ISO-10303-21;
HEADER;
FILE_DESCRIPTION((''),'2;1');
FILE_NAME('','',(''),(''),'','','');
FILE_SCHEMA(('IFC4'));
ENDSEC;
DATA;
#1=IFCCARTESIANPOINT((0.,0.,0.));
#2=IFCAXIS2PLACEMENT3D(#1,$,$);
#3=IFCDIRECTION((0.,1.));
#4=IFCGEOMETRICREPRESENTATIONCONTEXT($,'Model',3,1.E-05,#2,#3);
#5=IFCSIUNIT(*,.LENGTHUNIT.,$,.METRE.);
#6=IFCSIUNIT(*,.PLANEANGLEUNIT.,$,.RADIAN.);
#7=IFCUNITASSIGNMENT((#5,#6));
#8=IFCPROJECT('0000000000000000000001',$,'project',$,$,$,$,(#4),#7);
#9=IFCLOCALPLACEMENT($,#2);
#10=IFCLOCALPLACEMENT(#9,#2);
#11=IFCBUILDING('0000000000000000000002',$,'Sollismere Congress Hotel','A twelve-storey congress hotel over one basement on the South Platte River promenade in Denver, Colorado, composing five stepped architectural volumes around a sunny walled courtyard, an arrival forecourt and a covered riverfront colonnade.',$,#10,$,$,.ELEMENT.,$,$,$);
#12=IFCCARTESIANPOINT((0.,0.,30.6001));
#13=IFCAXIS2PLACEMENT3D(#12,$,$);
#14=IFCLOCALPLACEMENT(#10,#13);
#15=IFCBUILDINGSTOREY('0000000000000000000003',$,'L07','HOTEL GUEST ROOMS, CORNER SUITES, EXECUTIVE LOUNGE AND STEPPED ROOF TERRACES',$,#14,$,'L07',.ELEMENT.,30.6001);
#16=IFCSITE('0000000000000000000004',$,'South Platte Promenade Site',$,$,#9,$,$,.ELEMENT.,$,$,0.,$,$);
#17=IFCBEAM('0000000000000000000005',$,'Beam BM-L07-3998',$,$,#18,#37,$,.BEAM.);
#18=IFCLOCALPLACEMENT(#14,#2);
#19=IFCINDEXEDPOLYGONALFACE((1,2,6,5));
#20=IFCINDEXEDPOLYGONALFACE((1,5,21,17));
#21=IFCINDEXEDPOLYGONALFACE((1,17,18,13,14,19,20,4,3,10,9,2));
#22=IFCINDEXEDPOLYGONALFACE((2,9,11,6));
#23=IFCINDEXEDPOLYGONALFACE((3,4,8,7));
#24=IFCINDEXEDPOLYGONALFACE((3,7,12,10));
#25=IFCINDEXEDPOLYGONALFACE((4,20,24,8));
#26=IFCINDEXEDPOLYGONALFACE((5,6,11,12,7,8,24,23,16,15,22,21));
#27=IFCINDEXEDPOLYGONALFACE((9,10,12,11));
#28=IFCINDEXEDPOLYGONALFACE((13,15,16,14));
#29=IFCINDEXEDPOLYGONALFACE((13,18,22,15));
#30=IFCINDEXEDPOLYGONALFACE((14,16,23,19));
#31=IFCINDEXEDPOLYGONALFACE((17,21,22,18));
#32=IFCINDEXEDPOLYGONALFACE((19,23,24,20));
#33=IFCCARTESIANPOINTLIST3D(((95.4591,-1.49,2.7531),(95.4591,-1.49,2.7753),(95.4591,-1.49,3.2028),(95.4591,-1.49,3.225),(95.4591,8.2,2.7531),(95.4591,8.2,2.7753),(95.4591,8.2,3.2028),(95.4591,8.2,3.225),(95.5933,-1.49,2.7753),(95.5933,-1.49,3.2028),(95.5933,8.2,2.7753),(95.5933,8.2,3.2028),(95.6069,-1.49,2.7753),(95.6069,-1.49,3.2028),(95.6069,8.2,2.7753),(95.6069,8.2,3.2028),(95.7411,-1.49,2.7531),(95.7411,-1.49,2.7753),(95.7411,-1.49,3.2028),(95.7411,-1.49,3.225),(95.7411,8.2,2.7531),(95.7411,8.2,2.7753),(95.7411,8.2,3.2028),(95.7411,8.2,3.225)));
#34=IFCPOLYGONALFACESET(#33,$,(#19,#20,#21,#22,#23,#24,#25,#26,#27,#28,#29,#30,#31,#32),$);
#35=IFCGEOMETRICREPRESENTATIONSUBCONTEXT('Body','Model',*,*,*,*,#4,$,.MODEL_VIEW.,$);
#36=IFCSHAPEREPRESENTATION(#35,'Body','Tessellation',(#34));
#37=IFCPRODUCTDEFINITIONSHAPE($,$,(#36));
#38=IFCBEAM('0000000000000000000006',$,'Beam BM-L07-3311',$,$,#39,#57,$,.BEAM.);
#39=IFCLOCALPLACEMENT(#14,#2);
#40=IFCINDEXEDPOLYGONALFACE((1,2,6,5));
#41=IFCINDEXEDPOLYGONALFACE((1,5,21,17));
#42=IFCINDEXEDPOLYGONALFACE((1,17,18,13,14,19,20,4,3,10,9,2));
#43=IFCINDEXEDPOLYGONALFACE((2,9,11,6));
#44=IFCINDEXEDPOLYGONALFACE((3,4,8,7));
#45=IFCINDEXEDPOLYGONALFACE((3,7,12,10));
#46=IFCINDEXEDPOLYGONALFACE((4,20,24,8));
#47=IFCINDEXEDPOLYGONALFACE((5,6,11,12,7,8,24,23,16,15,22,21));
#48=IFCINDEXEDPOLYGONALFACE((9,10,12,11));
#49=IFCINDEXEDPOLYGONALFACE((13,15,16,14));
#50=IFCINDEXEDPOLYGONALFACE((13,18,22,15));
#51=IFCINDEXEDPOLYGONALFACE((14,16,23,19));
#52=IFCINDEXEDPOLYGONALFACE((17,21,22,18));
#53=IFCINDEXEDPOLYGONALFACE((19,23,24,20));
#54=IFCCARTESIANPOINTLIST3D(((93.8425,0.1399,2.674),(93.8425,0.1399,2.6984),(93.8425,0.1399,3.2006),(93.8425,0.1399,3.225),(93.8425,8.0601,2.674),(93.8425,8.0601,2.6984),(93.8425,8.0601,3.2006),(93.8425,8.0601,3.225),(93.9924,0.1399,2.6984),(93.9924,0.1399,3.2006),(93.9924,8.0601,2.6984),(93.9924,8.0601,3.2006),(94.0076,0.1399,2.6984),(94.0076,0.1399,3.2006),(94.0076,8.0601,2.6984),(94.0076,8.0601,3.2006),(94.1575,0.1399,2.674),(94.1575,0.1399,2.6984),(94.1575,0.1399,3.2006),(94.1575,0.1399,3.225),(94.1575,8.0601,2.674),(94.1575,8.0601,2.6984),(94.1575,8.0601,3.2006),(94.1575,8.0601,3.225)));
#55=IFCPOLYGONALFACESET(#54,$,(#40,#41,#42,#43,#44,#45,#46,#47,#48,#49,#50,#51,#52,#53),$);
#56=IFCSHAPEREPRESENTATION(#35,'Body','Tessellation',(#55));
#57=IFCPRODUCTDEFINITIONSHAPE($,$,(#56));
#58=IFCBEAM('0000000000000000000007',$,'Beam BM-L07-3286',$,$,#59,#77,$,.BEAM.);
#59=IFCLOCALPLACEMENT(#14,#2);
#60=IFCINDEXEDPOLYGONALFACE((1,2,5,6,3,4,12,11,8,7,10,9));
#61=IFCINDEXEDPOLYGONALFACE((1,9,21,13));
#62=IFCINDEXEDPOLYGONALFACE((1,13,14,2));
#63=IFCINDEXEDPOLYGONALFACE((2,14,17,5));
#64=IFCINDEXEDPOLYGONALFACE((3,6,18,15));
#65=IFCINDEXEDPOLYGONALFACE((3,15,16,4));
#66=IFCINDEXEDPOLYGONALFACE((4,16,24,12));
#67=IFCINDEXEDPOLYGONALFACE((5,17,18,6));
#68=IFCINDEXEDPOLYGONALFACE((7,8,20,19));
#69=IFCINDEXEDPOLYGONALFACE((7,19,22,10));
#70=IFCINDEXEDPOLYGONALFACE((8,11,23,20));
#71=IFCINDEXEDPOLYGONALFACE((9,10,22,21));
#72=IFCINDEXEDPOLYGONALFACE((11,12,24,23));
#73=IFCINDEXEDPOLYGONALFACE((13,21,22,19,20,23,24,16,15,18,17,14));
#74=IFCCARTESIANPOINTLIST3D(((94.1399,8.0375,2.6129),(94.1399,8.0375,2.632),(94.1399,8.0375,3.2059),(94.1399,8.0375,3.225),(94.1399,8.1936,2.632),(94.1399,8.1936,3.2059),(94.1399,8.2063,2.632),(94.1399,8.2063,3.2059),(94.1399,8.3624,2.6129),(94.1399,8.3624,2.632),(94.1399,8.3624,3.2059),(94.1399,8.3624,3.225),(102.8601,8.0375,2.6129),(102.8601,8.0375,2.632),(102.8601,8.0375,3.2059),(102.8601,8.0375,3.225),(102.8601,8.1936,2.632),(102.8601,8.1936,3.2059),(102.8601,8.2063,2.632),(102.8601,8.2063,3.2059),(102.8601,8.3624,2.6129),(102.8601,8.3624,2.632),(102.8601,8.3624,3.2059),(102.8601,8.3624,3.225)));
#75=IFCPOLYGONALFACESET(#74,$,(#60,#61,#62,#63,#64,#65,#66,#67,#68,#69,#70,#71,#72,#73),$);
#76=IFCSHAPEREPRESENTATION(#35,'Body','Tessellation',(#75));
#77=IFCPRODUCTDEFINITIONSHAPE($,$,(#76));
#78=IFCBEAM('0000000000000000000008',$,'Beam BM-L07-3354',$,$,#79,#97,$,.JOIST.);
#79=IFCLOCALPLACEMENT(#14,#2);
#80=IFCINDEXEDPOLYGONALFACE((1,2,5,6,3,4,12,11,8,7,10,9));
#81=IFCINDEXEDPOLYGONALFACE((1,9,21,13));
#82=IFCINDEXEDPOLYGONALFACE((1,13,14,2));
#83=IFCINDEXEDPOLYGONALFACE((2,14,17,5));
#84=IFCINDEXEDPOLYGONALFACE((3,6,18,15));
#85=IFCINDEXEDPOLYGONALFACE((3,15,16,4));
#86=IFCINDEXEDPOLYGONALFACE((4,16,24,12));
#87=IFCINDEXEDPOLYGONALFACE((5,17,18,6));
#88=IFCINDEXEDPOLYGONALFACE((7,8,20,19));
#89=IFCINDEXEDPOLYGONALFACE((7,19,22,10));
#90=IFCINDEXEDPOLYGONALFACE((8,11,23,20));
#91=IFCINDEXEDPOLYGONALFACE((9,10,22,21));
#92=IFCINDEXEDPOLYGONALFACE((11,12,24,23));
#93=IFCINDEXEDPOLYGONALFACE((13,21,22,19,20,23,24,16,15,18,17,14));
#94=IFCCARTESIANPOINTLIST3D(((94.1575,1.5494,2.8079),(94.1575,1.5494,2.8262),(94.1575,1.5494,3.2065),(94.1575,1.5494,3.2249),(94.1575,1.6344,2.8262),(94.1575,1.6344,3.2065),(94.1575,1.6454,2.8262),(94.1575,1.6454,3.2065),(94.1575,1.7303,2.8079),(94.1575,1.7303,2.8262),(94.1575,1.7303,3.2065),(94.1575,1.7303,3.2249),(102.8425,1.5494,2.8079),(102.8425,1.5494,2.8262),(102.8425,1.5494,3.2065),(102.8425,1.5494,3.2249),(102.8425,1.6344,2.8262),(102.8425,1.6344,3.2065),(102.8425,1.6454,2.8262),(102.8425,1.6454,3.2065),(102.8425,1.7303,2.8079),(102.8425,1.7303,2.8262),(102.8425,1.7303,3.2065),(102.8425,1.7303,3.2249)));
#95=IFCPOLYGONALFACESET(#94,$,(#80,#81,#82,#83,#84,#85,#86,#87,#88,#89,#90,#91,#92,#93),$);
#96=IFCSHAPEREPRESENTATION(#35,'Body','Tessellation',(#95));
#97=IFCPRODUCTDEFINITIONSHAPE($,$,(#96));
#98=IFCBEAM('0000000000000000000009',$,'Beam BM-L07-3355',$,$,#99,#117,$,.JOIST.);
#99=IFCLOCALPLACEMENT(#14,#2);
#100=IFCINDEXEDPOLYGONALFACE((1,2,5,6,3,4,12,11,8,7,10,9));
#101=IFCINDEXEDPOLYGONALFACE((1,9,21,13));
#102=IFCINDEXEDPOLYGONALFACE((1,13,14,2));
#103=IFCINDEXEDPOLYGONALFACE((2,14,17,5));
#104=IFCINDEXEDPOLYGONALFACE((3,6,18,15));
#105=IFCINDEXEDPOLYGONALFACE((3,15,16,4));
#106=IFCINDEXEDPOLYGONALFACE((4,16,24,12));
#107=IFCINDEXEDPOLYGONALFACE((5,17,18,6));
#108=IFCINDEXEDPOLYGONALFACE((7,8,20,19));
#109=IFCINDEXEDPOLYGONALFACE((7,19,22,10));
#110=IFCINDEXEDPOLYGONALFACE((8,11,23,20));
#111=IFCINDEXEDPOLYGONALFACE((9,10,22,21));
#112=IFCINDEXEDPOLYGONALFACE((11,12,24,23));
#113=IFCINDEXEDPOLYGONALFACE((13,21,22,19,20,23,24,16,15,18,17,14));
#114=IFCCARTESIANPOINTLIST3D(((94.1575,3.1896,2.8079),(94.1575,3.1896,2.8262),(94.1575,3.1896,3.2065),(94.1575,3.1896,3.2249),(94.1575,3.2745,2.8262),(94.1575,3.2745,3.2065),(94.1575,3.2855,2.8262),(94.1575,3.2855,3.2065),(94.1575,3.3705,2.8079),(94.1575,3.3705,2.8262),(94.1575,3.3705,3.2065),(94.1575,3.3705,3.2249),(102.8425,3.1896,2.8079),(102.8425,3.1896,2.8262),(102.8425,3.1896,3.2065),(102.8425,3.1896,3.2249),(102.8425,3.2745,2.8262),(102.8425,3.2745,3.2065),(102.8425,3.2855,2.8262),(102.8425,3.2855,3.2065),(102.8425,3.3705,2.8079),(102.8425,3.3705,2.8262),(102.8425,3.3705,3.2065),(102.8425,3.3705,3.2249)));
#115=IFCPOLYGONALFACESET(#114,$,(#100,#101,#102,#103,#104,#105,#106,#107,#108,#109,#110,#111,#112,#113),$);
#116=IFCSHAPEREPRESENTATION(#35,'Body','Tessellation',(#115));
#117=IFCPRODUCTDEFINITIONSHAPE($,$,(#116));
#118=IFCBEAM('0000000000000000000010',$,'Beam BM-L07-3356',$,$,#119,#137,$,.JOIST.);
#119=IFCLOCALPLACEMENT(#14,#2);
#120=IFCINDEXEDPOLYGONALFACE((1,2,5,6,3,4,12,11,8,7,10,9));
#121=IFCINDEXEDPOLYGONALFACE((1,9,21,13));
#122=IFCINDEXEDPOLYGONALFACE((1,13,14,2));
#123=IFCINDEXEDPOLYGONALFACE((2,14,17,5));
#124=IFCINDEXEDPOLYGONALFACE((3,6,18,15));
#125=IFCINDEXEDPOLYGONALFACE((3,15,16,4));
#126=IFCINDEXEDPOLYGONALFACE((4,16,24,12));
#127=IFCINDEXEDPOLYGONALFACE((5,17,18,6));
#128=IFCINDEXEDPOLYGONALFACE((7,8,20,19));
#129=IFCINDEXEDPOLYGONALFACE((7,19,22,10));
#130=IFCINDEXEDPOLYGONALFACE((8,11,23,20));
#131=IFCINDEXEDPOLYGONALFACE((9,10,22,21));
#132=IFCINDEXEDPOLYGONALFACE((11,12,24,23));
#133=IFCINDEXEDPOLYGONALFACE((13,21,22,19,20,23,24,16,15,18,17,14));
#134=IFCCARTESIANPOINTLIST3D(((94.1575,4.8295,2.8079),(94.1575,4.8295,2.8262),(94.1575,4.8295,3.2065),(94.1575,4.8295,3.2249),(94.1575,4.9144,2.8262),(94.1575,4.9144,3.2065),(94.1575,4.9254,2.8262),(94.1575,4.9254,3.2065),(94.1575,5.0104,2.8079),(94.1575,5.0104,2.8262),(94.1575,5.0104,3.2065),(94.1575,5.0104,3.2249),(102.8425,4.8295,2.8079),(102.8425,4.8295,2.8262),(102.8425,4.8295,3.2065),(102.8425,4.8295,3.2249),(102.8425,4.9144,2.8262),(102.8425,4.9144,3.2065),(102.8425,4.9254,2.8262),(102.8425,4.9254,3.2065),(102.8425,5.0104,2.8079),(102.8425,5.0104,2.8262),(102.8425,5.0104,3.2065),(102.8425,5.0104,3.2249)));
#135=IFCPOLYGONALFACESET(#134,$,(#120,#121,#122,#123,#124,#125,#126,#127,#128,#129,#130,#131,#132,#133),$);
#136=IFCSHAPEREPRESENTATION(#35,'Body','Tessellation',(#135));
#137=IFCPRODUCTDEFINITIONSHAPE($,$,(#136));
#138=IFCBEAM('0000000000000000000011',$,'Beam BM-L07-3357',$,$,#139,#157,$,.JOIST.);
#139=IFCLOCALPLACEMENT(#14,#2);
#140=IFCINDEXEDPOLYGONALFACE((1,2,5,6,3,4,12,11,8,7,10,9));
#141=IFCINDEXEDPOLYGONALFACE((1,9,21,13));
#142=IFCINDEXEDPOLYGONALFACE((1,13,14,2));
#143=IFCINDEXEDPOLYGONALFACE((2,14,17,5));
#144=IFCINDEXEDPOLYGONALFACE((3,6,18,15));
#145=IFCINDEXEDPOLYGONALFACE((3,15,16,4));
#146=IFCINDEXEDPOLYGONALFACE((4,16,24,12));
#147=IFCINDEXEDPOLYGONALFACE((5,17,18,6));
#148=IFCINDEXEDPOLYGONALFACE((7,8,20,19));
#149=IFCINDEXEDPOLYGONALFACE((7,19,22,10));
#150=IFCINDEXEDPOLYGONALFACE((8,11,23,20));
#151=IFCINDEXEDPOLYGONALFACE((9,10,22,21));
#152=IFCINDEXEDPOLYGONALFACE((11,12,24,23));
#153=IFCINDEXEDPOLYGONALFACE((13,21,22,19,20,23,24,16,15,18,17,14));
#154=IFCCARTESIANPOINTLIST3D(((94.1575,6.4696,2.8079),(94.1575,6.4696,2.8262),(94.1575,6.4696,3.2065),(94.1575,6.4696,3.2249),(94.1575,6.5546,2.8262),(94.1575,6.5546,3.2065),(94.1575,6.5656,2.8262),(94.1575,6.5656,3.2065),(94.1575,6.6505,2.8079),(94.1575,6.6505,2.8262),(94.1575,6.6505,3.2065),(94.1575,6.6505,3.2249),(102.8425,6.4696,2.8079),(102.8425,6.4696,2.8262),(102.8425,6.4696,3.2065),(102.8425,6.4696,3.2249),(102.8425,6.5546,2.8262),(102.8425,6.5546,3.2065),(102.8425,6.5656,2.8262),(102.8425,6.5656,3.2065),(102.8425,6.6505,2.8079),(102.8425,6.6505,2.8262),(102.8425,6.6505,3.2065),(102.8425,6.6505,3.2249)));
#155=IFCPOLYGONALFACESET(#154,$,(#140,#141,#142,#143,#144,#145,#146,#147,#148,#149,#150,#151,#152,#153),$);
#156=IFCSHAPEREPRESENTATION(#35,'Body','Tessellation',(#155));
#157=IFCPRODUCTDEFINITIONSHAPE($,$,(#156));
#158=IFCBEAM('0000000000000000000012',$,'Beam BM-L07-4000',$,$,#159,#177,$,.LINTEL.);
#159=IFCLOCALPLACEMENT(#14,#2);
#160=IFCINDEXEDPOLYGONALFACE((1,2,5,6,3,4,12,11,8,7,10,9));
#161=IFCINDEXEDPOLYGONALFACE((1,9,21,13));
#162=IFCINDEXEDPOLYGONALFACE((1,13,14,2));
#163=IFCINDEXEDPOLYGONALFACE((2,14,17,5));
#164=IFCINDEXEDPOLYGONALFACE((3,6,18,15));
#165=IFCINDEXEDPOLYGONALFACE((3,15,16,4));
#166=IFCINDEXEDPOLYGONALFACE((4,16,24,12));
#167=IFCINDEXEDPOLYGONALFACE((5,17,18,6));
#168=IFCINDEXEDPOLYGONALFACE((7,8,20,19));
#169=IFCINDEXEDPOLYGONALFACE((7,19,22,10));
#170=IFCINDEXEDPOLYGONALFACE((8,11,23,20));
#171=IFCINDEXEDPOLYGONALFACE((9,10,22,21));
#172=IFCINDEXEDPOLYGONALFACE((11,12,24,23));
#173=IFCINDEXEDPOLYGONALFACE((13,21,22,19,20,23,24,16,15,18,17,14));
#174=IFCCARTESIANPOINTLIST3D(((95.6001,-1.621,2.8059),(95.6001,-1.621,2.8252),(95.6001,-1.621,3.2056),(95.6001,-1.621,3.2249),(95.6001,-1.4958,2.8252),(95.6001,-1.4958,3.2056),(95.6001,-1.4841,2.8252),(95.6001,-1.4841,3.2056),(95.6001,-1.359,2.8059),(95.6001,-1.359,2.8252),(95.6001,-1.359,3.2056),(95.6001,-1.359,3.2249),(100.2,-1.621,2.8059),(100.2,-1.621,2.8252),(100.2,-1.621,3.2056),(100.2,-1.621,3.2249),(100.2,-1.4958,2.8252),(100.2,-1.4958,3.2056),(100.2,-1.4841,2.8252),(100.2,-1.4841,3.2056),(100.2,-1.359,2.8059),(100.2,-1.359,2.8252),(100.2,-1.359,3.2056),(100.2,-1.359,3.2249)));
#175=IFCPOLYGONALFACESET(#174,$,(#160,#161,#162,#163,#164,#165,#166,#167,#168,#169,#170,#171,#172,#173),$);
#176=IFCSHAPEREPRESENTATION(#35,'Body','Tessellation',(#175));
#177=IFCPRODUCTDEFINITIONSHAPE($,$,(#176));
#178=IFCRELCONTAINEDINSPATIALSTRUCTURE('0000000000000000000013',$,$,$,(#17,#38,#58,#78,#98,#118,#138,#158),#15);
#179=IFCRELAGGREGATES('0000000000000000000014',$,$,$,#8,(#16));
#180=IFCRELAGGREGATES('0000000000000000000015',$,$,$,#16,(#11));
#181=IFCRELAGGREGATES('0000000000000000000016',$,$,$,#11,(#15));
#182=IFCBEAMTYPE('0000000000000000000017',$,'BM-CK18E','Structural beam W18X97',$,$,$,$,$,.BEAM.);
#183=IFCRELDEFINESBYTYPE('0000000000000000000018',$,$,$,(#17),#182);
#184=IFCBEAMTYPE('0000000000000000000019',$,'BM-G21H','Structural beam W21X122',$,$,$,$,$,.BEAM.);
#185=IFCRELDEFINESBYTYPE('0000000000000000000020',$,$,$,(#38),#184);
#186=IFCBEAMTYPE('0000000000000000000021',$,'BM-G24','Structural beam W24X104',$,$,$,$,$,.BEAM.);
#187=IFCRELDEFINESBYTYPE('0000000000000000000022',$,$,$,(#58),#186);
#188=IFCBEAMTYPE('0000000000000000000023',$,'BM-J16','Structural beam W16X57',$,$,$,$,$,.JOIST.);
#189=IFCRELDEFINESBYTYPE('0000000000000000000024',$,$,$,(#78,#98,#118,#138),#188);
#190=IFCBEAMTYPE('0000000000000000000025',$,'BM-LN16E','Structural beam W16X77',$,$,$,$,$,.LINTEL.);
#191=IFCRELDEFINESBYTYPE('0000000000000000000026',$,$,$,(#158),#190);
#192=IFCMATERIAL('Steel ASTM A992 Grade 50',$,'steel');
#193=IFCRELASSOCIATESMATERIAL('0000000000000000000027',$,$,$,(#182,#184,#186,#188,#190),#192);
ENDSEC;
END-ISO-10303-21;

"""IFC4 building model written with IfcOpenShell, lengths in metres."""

from ifc_helpers import new_model, si_unit, direction, frame, origin, origin_2d, place, context, subcontext, project, spatial, i_section, extrude, material, material_profile, profile_set, type_object, element, save


model = new_model("IFC4")

# Units and contexts
model_context = context("Model", 3, precision=1e-05, world=origin(), true_north=direction((0.0, 1.0)))
body_context = subcontext(model_context, "Body", "Model", "MODEL_VIEW")
ifc_project = project(units=[si_unit("LENGTHUNIT", "METRE"), si_unit("PLANEANGLEUNIT", "RADIAN")], contexts=[model_context])

# Site, building, storey
site_placement = place(None, origin())
site = spatial("IfcSite", under=ifc_project, at=site_placement, Name="South Platte Promenade Site", CompositionType="ELEMENT", RefElevation=0.0)
building_placement = place(site_placement, origin())
building = spatial("IfcBuilding", under=site, at=building_placement, Name="Sollismere Congress Hotel", Description="A twelve-storey congress hotel over one basement on the South Platte River promenade in Denver, Colorado, composing five stepped architectural volumes around a sunny walled courtyard, an arrival forecourt and a covered riverfront colonnade.", CompositionType="ELEMENT")
storey_placement = place(building_placement, frame((0.0, 0.0, 30.6001)))
storey = spatial("IfcBuildingStorey", under=building, at=storey_placement, Name="L07", Description="HOTEL GUEST ROOMS, CORNER SUITES, EXECUTIVE LOUNGE AND STEPPED ROOF TERRACES", LongName="L07", CompositionType="ELEMENT", Elevation=30.6001)

# Beams
ifc_material_1 = material(Name="Steel ASTM A992 Grade 50", Category="steel")
ifc_material_profile_1 = material_profile(ifc_material_1, i_section(OverallWidth=0.282, OverallDepth=0.4719, WebThickness=0.0137, FlangeThickness=0.0222, at=origin_2d()), Name="W18X97")
ifc_profile_set_1 = profile_set([ifc_material_profile_1], Name="Steel ASTM A992 Grade 50")
beam_type_1 = type_object("IfcBeamType", Name="BM-CK18E", Description="Structural beam W18X97", PredefinedType="BEAM", material=ifc_profile_set_1)
beam_1_placement = place(storey_placement, frame((95.6001, 8.2, 2.989), z_axis=(0.0, -1.0, 0.0), x_axis=(1.0, 0.0, 0.0)))
element("IfcBeam", 1, at=beam_1_placement, inside=storey, type_object=beam_type_1, Name="Beam BM-L07-3998", PredefinedType="BEAM", context=body_context, shape_type="SweptSolid", body=[
    extrude(i_section(OverallWidth=0.282, OverallDepth=0.4719, WebThickness=0.0137, FlangeThickness=0.0222, at=origin_2d()), origin(), (0.0, 0.0, 1.0), 9.6899),
])
ifc_material_profile_2 = material_profile(ifc_material_1, i_section(OverallWidth=0.3149, OverallDepth=0.551, WebThickness=0.0151, FlangeThickness=0.0244, at=origin_2d()), Name="W21X122")
ifc_profile_set_2 = profile_set([ifc_material_profile_2], Name="Steel ASTM A992 Grade 50")
beam_type_2 = type_object("IfcBeamType", Name="BM-G21H", Description="Structural beam W21X122", PredefinedType="BEAM", material=ifc_profile_set_2)
beam_2_placement = place(storey_placement, frame((94.0, 0.1399, 2.9495), z_axis=(0.0, 1.0, 0.0), x_axis=(-1.0, 0.0, 0.0)))
element("IfcBeam", 2, at=beam_2_placement, inside=storey, type_object=beam_type_2, Name="Beam BM-L07-3311", PredefinedType="BEAM", context=body_context, shape_type="SweptSolid", body=[
    extrude(i_section(OverallWidth=0.3149, OverallDepth=0.551, WebThickness=0.0151, FlangeThickness=0.0244, at=origin_2d()), origin(), (0.0, 0.0, 1.0), 7.9202),
])
ifc_material_profile_3 = material_profile(ifc_material_1, i_section(OverallWidth=0.325, OverallDepth=0.6121, WebThickness=0.0127, FlangeThickness=0.019, at=origin_2d()), Name="W24X104")
ifc_profile_set_3 = profile_set([ifc_material_profile_3], Name="Steel ASTM A992 Grade 50")
beam_type_3 = type_object("IfcBeamType", Name="BM-G24", Description="Structural beam W24X104", PredefinedType="BEAM", material=ifc_profile_set_3)
beam_3_placement = place(storey_placement, frame((94.1399, 8.2, 2.9189), z_axis=(1.0, 0.0, 0.0), x_axis=(0.0, 1.0, 0.0)))
element("IfcBeam", 3, at=beam_3_placement, inside=storey, type_object=beam_type_3, Name="Beam BM-L07-3286", PredefinedType="BEAM", context=body_context, shape_type="SweptSolid", body=[
    extrude(i_section(OverallWidth=0.325, OverallDepth=0.6121, WebThickness=0.0127, FlangeThickness=0.019, at=origin_2d()), origin(), (0.0, 0.0, 1.0), 8.7202),
])
ifc_material_profile_4 = material_profile(ifc_material_1, i_section(OverallWidth=0.1809, OverallDepth=0.417, WebThickness=0.011, FlangeThickness=0.0183, at=origin_2d()), Name="W16X57")
ifc_profile_set_4 = profile_set([ifc_material_profile_4], Name="Steel ASTM A992 Grade 50")
beam_type_4 = type_object("IfcBeamType", Name="BM-J16", Description="Structural beam W16X57", PredefinedType="JOIST", material=ifc_profile_set_4)
for number, where, z_axis, x_axis, name in (
    (4, (94.1575, 1.6399, 3.0164), (1.0, 0.0, 0.0), (0.0, 1.0, 0.0), "Beam BM-L07-3354"),
    (5, (94.1575, 3.28, 3.0164), (1.0, 0.0, 0.0), (0.0, 1.0, 0.0), "Beam BM-L07-3355"),
    (6, (94.1575, 4.9199, 3.0164), (1.0, 0.0, 0.0), (0.0, 1.0, 0.0), "Beam BM-L07-3356"),
    (7, (94.1575, 6.5601, 3.0164), (1.0, 0.0, 0.0), (0.0, 1.0, 0.0), "Beam BM-L07-3357"),
):
    element("IfcBeam", number, at=place(storey_placement, frame(where, z_axis=z_axis, x_axis=x_axis)), inside=storey, type_object=beam_type_4, Name=name, PredefinedType="JOIST", context=body_context, shape_type="SweptSolid", body=[
        extrude(i_section(OverallWidth=0.1809, OverallDepth=0.417, WebThickness=0.011, FlangeThickness=0.0183, at=origin_2d()), origin(), (0.0, 0.0, 1.0), 8.6851),
    ])
ifc_material_profile_5 = material_profile(ifc_material_1, i_section(OverallWidth=0.262, OverallDepth=0.4189, WebThickness=0.0117, FlangeThickness=0.0193, at=origin_2d()), Name="W16X77")
ifc_profile_set_5 = profile_set([ifc_material_profile_5], Name="Steel ASTM A992 Grade 50")
beam_type_5 = type_object("IfcBeamType", Name="BM-LN16E", Description="Structural beam W16X77", PredefinedType="LINTEL", material=ifc_profile_set_5)
beam_4_placement = place(storey_placement, frame((95.6001, -1.49, 3.0154), z_axis=(1.0, 0.0, 0.0), x_axis=(0.0, 1.0, 0.0)))
element("IfcBeam", 8, at=beam_4_placement, inside=storey, type_object=beam_type_5, Name="Beam BM-L07-4000", PredefinedType="LINTEL", context=body_context, shape_type="SweptSolid", body=[
    extrude(i_section(OverallWidth=0.262, OverallDepth=0.4189, WebThickness=0.0117, FlangeThickness=0.0193, at=origin_2d()), origin(), (0.0, 0.0, 1.0), 4.5999),
])

save(model, "model.ifc")
